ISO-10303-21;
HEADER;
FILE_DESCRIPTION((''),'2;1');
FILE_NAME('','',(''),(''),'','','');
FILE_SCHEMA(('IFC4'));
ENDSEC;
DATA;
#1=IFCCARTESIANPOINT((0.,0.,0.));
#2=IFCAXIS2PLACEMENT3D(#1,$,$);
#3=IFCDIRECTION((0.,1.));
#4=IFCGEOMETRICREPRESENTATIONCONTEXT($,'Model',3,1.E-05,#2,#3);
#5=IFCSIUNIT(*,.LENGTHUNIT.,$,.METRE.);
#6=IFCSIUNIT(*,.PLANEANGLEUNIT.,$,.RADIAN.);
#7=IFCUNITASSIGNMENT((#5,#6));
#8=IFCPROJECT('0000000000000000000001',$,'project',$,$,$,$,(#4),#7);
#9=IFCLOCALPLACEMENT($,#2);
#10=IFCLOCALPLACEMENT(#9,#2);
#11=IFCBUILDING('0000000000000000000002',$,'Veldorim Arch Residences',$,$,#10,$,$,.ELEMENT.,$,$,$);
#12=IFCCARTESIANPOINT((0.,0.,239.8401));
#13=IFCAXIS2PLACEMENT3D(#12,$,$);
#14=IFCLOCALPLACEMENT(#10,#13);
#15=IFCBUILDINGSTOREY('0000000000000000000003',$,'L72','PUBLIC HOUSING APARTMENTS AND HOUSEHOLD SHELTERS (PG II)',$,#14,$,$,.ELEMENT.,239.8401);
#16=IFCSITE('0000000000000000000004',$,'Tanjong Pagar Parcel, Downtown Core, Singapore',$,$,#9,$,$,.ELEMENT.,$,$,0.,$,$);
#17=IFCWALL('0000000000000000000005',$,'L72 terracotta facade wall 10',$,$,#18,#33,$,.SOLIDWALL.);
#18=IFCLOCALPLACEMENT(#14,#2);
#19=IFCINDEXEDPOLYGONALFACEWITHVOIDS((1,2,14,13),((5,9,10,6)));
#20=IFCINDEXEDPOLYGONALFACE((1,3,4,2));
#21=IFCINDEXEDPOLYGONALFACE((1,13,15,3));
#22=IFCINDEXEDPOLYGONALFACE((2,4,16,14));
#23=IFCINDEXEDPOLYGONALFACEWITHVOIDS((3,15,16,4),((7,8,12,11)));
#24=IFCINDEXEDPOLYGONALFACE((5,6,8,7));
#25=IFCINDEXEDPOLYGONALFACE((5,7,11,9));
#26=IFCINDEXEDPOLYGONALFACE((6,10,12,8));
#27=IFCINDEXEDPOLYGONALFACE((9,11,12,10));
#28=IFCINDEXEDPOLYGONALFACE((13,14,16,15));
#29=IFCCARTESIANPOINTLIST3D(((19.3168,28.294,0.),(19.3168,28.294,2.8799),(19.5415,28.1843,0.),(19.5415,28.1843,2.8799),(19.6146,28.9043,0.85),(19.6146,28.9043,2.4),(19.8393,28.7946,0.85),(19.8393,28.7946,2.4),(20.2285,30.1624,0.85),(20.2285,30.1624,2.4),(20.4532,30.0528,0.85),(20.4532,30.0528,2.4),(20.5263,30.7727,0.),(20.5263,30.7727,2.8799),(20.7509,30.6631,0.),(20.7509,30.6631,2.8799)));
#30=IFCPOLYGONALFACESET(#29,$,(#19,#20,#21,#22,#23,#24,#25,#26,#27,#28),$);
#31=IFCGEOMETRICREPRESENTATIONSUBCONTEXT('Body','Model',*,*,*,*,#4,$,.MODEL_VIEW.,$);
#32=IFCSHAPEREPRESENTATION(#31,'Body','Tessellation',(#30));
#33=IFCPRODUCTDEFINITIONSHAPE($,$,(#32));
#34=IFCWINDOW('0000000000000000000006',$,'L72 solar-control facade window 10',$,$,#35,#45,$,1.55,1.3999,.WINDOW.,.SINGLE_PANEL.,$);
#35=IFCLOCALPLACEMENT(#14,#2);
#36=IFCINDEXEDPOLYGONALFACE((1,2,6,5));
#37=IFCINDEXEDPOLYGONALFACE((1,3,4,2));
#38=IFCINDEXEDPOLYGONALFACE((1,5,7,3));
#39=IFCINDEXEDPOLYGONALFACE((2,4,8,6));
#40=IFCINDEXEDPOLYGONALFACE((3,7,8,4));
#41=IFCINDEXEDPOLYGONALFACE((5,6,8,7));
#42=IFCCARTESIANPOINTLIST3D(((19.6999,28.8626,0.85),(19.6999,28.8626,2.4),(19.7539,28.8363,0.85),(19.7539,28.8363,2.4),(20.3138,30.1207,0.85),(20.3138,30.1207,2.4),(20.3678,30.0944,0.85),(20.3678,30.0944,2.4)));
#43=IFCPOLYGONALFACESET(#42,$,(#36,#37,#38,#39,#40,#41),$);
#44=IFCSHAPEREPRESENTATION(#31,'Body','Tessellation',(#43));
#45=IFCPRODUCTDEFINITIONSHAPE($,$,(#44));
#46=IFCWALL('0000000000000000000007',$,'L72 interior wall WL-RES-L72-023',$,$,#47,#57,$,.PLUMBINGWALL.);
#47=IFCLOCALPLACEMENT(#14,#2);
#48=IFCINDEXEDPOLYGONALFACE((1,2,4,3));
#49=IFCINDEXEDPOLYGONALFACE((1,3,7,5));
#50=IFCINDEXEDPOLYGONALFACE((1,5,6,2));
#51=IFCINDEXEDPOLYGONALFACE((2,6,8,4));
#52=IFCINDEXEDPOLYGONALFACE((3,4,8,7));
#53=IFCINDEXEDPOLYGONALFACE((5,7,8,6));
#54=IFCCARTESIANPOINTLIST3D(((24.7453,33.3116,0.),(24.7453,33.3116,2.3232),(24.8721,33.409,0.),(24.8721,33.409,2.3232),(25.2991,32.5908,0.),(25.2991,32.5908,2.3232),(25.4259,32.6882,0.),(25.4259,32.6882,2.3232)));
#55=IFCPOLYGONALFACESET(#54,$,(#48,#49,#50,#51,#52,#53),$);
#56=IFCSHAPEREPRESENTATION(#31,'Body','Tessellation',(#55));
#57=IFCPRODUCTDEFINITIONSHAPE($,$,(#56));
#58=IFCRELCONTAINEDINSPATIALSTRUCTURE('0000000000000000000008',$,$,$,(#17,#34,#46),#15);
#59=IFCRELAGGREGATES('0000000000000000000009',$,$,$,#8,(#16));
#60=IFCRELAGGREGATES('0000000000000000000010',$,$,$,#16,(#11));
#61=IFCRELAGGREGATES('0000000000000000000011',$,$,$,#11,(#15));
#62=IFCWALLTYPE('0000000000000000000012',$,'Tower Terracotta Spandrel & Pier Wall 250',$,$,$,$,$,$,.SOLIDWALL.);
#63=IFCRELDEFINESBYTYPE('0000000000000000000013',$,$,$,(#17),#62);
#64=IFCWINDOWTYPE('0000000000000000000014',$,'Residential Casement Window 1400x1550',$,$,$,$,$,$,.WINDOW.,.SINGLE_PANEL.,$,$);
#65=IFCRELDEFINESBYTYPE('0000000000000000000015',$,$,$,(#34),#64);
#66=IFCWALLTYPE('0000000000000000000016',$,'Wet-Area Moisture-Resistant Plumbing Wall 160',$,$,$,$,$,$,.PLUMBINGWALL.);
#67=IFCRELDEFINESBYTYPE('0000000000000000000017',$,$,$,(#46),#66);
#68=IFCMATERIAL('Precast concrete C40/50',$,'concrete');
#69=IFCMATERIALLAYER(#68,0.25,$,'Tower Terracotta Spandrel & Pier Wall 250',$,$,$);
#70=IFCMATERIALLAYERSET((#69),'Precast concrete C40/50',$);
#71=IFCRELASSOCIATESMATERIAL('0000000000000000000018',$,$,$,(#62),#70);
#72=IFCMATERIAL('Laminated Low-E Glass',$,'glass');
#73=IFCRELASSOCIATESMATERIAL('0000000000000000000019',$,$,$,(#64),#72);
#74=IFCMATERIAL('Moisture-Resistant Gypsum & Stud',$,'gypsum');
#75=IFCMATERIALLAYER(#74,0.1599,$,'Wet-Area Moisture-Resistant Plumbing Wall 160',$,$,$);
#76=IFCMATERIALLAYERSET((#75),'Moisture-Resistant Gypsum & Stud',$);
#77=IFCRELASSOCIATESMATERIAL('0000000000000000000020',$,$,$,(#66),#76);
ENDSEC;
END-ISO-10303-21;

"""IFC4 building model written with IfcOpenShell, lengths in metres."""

from ifc_helpers import new_model, si_unit, direction, frame, frame_2d, origin, place, context, subcontext, project, spatial, rectangle, extrude, material, layer, layer_set, type_object, element, fill, save


model = new_model("IFC4")

# Units and contexts
model_context = context("Model", 3, precision=1e-05, world=origin(), true_north=direction((0.0, 1.0)))
body_context = subcontext(model_context, "Body", "Model", "MODEL_VIEW")
ifc_project = project(units=[si_unit("LENGTHUNIT", "METRE"), si_unit("PLANEANGLEUNIT", "RADIAN")], contexts=[model_context])

# Site, building, storey
site_placement = place(None, origin())
site = spatial("IfcSite", under=ifc_project, at=site_placement, Name="Tanjong Pagar Parcel, Downtown Core, Singapore", CompositionType="ELEMENT", RefElevation=0.0)
building_placement = place(site_placement, origin())
building = spatial("IfcBuilding", under=site, at=building_placement, Name="Veldorim Arch Residences", CompositionType="ELEMENT")
storey_placement = place(building_placement, frame((0.0, 0.0, 239.8401)))
storey = spatial("IfcBuildingStorey", under=building, at=storey_placement, Name="L72", Description="PUBLIC HOUSING APARTMENTS AND HOUSEHOLD SHELTERS (PG II)", CompositionType="ELEMENT", Elevation=239.8401)

# Shared definitions
ifc_material_1 = material(Name="Precast concrete C40/50", Category="concrete")
ifc_layer_1 = layer(ifc_material_1, 0.25, Name="Tower Terracotta Spandrel & Pier Wall 250")
ifc_layer_set_1 = layer_set([ifc_layer_1], Name="Precast concrete C40/50")
wall_type_1 = type_object("IfcWallType", Name="Tower Terracotta Spandrel & Pier Wall 250", PredefinedType="SOLIDWALL", material=ifc_layer_set_1)

# Wall, opening, window
wall_1_placement = place(storey_placement, frame((19.4292, 28.2393, 0.0), z_axis=(0.0, 0.0, 1.0), x_axis=(0.438518, 0.898723, 0.0)))
wall_1 = element("IfcWall", 1, at=wall_1_placement, inside=storey, type_object=wall_type_1, Name="L72 terracotta facade wall 10", PredefinedType="SOLIDWALL", context=body_context, shape_type="SweptSolid", body=[
    extrude(rectangle(XDim=2.7581, YDim=0.25, at=frame_2d((1.3789, 0.0))), origin(), (0.0, 0.0, 1.0), 2.8799),
])
opening_1_placement = place(wall_1_placement, frame((0.679, 0.0, 0.8501)))
opening_1 = element("IfcOpeningElement", 2, at=opening_1_placement, cuts=wall_1, PredefinedType="OPENING", context=body_context, shape_type="SweptSolid", body=[
    extrude(rectangle(XDim=1.3999, YDim=1.55, at=frame_2d((0.7, 0.7749))), frame((0.0, 0.135, 0.0), z_axis=(0.0, -1.0, 0.0), x_axis=(1.0, 0.0, 0.0)), (0.0, 0.0, 1.0), 0.27),
])
ifc_material_2 = material(Name="Laminated Low-E Glass", Category="glass")
window_type_1 = type_object("IfcWindowType", Name="Residential Casement Window 1400x1550", PartitioningType="SINGLE_PANEL", PredefinedType="WINDOW", material=ifc_material_2)
window_1_placement = place(opening_1_placement, origin())
window_1 = element("IfcWindow", 3, at=window_1_placement, inside=storey, type_object=window_type_1, Name="L72 solar-control facade window 10", OverallHeight=1.55, OverallWidth=1.3999, PartitioningType="SINGLE_PANEL", PredefinedType="WINDOW", context=body_context, shape_type="SweptSolid", body=[
    extrude(rectangle(XDim=1.3999, YDim=1.55, at=frame_2d((0.7, 0.7749))), frame((0.0, 0.03, 0.0), z_axis=(0.0, -1.0, 0.0), x_axis=(1.0, 0.0, 0.0)), (0.0, 0.0, 1.0), 0.0601),
])
fill(opening_1, window_1)

# Wall
ifc_material_3 = material(Name="Moisture-Resistant Gypsum & Stud", Category="gypsum")
ifc_layer_2 = layer(ifc_material_3, 0.1599, Name="Wet-Area Moisture-Resistant Plumbing Wall 160")
ifc_layer_set_2 = layer_set([ifc_layer_2], Name="Moisture-Resistant Gypsum & Stud")
wall_type_2 = type_object("IfcWallType", Name="Wet-Area Moisture-Resistant Plumbing Wall 160", PredefinedType="PLUMBINGWALL", material=ifc_layer_set_2)
wall_2_placement = place(storey_placement, frame((25.3625, 32.6394, 0.0), z_axis=(0.0, 0.0, 1.0), x_axis=(-0.609243, 0.792983, 0.0)))
element("IfcWall", 4, at=wall_2_placement, inside=storey, type_object=wall_type_2, Name="L72 interior wall WL-RES-L72-023", PredefinedType="PLUMBINGWALL", context=body_context, shape_type="SweptSolid", body=[
    extrude(rectangle(XDim=0.9089, YDim=0.1599, at=frame_2d((0.4546, 0.0))), origin(), (0.0, 0.0, 1.0), 2.3232),
])

save(model, "model.ifc")
